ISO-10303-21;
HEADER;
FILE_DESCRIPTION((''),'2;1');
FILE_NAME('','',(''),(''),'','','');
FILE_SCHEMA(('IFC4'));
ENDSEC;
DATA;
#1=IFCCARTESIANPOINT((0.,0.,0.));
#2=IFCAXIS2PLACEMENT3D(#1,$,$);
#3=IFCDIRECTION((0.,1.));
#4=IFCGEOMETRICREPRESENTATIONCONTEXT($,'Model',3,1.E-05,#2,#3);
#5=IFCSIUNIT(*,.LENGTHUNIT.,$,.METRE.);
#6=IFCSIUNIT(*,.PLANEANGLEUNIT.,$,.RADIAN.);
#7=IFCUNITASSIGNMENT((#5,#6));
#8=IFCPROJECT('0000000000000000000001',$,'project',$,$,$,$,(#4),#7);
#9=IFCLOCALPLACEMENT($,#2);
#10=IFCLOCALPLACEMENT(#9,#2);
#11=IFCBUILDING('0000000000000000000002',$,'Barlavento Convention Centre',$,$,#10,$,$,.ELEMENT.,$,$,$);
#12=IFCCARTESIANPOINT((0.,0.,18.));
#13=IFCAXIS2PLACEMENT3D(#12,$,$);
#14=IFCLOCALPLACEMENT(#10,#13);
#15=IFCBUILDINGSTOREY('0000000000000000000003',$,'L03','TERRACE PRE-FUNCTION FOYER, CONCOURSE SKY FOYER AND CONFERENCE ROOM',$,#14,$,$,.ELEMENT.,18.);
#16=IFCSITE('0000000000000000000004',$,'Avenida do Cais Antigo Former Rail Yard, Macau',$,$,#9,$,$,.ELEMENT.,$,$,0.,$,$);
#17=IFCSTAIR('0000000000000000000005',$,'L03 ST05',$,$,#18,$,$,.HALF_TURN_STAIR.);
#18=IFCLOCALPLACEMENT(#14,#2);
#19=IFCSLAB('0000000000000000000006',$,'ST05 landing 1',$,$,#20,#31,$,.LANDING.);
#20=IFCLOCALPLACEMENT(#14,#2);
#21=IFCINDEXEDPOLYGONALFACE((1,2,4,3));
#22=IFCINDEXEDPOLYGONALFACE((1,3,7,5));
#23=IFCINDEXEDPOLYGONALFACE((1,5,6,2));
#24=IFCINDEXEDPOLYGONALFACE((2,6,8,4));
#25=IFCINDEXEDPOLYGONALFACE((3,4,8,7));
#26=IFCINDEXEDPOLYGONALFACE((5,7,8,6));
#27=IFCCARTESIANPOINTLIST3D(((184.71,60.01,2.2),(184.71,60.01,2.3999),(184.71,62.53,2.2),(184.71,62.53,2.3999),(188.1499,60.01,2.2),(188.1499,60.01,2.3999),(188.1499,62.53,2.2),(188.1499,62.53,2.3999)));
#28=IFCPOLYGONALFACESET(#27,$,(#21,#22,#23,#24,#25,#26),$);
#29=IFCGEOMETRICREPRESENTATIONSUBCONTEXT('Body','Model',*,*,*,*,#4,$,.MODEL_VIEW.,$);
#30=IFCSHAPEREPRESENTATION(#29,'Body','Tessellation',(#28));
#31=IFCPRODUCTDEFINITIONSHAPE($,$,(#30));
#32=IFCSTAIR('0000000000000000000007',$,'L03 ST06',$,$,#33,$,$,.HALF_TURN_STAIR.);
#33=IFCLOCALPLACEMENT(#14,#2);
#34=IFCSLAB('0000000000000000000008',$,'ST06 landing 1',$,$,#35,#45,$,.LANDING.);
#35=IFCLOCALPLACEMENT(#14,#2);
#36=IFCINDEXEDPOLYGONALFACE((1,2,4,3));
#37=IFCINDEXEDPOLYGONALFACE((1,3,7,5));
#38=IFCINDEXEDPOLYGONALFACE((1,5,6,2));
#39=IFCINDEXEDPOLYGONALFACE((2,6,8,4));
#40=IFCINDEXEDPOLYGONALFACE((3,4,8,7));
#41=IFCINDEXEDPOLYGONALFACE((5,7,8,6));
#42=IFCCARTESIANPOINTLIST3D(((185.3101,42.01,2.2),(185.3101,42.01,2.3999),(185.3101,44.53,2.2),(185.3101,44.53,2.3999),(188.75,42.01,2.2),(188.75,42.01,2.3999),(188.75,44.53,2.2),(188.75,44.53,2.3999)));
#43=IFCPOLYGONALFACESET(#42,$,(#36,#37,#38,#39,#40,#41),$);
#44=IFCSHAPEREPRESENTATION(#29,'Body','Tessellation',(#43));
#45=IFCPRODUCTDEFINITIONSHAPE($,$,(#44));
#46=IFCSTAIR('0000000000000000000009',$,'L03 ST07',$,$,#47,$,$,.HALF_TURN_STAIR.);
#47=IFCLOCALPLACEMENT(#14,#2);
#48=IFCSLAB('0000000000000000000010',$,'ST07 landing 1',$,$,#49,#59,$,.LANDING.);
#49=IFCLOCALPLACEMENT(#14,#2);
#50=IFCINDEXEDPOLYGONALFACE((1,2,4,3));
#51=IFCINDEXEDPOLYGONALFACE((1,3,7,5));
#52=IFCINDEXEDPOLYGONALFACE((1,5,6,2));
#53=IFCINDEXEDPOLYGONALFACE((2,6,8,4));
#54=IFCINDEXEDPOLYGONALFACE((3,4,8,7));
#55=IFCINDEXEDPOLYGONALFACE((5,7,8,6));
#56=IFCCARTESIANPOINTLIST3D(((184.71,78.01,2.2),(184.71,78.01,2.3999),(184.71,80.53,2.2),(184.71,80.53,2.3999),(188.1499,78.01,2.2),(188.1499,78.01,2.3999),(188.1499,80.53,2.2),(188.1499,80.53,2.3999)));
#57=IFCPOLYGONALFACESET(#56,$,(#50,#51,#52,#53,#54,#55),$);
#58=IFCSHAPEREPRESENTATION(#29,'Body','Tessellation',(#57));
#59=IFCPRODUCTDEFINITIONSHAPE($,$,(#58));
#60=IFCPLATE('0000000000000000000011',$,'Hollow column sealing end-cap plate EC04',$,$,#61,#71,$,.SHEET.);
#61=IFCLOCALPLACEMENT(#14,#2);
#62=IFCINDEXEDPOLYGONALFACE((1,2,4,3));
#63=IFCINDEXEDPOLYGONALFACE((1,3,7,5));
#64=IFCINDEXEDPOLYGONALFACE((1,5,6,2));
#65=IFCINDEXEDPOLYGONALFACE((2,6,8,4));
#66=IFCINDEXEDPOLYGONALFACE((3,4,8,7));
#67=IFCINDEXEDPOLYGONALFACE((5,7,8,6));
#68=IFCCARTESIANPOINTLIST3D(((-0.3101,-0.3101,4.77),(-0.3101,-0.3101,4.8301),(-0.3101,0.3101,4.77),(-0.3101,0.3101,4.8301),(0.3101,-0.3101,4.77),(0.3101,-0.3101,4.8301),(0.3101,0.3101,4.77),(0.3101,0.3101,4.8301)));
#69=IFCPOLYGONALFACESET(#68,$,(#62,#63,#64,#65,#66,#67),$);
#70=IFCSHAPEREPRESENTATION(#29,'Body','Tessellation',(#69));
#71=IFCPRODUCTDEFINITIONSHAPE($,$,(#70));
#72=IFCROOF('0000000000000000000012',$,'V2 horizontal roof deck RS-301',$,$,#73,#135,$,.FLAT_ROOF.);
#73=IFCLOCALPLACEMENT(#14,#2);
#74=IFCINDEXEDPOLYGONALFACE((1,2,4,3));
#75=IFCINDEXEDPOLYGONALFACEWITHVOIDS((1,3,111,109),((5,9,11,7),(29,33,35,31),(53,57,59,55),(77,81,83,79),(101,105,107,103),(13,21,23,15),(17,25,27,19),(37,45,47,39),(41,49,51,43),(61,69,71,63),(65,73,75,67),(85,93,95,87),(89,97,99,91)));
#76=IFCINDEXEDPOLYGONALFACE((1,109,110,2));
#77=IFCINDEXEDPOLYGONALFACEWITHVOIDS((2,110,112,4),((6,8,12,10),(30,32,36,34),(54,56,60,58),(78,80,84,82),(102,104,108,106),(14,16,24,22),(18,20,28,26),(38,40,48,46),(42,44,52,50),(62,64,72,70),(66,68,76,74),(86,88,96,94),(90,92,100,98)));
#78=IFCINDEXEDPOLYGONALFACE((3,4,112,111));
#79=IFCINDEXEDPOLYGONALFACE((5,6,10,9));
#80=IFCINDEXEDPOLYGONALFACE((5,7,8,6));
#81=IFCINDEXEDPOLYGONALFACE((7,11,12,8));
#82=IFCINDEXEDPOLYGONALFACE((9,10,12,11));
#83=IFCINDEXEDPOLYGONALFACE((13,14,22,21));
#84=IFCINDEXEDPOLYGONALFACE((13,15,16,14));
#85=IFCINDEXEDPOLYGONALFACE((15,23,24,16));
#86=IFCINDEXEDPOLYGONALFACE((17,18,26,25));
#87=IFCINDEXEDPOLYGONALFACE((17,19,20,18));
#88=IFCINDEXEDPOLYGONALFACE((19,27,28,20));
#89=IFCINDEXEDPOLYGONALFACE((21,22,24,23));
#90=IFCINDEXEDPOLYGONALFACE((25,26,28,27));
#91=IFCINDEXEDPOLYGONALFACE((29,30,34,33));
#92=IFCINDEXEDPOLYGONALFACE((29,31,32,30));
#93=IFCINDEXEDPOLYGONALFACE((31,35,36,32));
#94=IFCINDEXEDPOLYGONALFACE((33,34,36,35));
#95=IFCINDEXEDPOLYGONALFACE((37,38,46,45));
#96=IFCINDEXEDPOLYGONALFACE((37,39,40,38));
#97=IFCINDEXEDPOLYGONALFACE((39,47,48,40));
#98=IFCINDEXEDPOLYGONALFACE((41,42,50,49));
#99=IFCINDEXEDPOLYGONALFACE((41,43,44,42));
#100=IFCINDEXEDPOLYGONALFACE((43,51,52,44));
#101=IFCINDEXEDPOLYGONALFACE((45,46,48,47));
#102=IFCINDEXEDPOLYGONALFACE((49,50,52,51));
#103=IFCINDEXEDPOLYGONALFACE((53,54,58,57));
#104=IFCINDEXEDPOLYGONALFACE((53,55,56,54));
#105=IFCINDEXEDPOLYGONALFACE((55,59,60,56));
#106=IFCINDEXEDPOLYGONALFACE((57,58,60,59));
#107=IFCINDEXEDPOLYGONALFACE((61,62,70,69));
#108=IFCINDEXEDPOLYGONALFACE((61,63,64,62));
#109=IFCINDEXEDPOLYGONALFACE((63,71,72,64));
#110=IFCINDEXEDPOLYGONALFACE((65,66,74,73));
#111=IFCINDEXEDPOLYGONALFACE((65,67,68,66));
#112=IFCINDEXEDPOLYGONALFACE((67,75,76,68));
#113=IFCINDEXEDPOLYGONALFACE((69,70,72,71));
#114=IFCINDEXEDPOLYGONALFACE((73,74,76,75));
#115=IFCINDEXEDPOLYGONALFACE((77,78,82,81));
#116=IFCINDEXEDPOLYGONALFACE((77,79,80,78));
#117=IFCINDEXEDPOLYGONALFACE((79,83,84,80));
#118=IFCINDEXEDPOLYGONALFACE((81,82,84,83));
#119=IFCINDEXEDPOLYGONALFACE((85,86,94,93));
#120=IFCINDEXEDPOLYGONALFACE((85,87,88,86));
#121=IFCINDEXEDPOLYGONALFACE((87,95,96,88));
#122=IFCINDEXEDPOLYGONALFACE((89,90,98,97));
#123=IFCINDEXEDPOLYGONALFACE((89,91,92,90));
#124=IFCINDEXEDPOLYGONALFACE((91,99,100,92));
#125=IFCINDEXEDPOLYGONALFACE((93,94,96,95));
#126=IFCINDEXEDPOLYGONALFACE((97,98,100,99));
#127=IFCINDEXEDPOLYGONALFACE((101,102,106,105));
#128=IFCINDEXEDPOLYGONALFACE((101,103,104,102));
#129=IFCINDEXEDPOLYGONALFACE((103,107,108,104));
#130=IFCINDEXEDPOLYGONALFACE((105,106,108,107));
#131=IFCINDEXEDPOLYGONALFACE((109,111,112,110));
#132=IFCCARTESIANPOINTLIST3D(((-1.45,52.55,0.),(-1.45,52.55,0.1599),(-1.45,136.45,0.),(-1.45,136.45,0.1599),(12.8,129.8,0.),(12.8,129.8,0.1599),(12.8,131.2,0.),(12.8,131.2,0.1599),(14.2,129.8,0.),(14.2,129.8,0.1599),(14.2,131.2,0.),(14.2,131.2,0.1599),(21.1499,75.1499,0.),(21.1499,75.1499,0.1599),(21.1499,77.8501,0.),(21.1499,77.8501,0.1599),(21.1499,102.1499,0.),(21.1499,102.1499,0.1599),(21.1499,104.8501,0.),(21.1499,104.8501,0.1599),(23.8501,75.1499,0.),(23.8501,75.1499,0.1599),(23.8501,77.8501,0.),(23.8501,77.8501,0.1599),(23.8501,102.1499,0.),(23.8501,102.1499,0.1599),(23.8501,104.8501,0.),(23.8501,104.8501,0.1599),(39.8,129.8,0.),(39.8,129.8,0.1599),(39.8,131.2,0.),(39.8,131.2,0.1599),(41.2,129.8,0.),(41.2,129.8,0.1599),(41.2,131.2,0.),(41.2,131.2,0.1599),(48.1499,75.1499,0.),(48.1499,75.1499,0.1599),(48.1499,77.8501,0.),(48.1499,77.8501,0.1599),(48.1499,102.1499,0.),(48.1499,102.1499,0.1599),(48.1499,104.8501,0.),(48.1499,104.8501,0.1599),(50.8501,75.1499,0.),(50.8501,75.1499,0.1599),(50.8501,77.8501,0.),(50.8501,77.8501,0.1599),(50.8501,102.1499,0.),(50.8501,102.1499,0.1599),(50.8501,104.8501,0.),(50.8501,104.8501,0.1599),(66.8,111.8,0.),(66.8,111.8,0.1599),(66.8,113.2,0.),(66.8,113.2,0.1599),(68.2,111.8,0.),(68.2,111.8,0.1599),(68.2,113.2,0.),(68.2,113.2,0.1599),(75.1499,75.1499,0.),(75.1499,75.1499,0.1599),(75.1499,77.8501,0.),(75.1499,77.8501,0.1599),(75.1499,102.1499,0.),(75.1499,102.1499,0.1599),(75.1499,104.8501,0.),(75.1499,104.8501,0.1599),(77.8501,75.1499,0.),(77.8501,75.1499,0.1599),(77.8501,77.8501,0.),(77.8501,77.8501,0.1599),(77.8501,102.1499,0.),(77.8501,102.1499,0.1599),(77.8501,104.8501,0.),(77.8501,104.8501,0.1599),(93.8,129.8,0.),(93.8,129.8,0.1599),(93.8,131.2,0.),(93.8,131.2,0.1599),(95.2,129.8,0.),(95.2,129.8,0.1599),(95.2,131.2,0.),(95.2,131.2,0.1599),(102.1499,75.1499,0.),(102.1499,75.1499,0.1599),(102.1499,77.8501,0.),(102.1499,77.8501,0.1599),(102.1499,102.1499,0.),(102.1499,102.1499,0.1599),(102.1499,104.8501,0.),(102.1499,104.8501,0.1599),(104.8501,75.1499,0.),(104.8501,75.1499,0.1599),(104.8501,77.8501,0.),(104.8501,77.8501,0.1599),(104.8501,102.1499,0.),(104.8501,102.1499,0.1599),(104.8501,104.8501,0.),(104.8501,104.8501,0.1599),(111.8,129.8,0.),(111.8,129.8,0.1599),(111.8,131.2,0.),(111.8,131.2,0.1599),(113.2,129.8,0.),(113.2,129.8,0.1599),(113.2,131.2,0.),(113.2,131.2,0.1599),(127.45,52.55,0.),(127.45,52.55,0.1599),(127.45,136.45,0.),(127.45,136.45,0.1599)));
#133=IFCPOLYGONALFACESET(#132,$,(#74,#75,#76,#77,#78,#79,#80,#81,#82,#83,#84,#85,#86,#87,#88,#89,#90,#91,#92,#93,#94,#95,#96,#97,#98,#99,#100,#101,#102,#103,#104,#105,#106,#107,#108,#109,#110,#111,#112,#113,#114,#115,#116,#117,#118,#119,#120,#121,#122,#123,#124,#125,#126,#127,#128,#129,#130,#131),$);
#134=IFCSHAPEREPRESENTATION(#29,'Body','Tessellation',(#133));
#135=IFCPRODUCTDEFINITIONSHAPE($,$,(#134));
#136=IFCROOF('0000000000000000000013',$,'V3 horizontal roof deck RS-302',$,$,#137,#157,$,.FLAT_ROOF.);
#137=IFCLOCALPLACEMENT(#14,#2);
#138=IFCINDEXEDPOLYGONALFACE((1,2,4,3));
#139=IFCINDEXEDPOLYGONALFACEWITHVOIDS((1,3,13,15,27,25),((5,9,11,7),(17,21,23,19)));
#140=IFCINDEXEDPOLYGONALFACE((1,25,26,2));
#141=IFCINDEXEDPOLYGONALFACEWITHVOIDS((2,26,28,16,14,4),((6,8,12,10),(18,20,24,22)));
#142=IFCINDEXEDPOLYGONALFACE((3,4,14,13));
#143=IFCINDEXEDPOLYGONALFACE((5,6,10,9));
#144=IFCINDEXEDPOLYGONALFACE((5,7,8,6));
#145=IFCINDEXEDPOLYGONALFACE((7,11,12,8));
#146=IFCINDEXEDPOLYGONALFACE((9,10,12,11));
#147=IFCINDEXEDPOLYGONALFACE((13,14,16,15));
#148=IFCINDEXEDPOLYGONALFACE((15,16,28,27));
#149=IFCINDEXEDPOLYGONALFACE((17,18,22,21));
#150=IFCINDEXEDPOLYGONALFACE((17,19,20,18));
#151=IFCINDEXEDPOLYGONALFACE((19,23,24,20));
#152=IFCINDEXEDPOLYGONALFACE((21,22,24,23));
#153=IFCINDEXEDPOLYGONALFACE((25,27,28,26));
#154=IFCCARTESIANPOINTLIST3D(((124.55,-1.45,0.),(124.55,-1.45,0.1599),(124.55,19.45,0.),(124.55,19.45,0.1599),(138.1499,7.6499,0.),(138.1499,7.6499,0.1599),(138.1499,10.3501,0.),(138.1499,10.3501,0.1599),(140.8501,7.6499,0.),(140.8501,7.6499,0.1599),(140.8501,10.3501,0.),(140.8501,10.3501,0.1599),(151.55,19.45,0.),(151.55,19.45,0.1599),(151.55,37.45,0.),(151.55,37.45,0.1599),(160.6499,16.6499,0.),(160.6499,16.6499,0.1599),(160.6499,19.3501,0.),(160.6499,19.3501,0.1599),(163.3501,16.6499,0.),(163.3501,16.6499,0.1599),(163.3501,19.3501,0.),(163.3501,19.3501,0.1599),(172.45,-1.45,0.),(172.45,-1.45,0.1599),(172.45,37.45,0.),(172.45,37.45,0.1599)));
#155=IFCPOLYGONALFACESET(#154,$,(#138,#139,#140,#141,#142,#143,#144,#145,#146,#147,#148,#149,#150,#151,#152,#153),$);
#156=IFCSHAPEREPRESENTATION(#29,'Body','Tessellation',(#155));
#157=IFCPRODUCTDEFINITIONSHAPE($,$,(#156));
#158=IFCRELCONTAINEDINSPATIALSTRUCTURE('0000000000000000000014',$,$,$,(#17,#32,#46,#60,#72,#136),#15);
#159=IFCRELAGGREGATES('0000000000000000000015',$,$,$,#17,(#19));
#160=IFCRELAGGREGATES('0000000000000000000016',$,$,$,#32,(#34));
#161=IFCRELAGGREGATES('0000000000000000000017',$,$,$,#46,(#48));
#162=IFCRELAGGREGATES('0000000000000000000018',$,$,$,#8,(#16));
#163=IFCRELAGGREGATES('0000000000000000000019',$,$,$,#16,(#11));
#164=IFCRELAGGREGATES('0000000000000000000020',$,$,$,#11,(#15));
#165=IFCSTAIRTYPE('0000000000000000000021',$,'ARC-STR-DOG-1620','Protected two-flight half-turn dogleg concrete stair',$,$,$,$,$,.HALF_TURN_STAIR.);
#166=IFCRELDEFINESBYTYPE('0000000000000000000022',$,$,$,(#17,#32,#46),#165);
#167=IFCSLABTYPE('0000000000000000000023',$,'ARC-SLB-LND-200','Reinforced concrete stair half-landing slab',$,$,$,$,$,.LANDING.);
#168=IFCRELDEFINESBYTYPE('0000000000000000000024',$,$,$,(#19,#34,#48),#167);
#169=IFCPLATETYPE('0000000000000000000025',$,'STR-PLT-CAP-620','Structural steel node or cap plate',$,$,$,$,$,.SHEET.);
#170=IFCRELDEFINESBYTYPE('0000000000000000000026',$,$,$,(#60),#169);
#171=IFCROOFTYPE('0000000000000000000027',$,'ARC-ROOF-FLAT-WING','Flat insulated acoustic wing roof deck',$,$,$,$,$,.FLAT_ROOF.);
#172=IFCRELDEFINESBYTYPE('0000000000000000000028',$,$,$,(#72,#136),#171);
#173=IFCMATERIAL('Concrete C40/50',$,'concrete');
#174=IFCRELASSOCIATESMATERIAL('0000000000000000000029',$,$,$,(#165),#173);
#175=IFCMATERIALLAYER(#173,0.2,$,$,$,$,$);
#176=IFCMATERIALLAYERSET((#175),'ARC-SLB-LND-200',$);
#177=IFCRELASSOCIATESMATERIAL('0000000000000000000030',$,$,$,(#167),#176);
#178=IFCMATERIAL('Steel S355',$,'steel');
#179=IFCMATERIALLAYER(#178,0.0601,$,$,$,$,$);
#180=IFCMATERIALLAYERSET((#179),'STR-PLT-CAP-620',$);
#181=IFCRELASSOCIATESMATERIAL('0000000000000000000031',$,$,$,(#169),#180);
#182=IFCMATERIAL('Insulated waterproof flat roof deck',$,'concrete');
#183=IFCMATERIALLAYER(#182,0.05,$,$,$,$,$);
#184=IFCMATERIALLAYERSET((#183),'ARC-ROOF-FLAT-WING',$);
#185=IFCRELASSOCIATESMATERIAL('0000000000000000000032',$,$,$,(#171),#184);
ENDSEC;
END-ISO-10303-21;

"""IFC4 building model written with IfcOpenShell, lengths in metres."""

from ifc_helpers import new_model, si_unit, direction, frame, origin, origin_2d, place, context, subcontext, project, spatial, polyline, rectangle, outline, extrude, material, layer, layer_set, type_object, element, aggregate, save


model = new_model("IFC4")

# Units and contexts
model_context = context("Model", 3, precision=1e-05, world=origin(), true_north=direction((0.0, 1.0)))
body_context = subcontext(model_context, "Body", "Model", "MODEL_VIEW")
ifc_project = project(units=[si_unit("LENGTHUNIT", "METRE"), si_unit("PLANEANGLEUNIT", "RADIAN")], contexts=[model_context])

# Site, building, storey
site_placement = place(None, origin())
site = spatial("IfcSite", under=ifc_project, at=site_placement, Name="Avenida do Cais Antigo Former Rail Yard, Macau", CompositionType="ELEMENT", RefElevation=0.0)
building_placement = place(site_placement, origin())
building = spatial("IfcBuilding", under=site, at=building_placement, Name="Barlavento Convention Centre", CompositionType="ELEMENT")
storey_placement = place(building_placement, frame((0.0, 0.0, 18.0)))
storey = spatial("IfcBuildingStorey", under=building, at=storey_placement, Name="L03", Description="TERRACE PRE-FUNCTION FOYER, CONCOURSE SKY FOYER AND CONFERENCE ROOM", CompositionType="ELEMENT", Elevation=18.0)

# Stairs, slabs
ifc_material_1 = material(Name="Concrete C40/50", Category="concrete")
stair_type = type_object("IfcStairType", Name="ARC-STR-DOG-1620", Description="Protected two-flight half-turn dogleg concrete stair", PredefinedType="HALF_TURN_STAIR", material=ifc_material_1)
stair_1_placement = place(storey_placement, origin())
stair_1 = element("IfcStair", 1, at=stair_1_placement, inside=storey, type_object=stair_type, Name="L03 ST05", PredefinedType="HALF_TURN_STAIR")
ifc_layer_1 = layer(ifc_material_1, 0.2)
ifc_layer_set_1 = layer_set([ifc_layer_1], Name="ARC-SLB-LND-200")
slab_type = type_object("IfcSlabType", Name="ARC-SLB-LND-200", Description="Reinforced concrete stair half-landing slab", PredefinedType="LANDING", material=ifc_layer_set_1)
slab_1_placement = place(storey_placement, frame((0.0, 0.0, 2.2)))
slab_1 = element("IfcSlab", 2, at=slab_1_placement, type_object=slab_type, Name="ST05 landing 1", PredefinedType="LANDING", context=body_context, shape_type="SweptSolid", body=[
    extrude(outline(polyline([(188.1499, 60.01), (188.1499, 62.53), (184.71, 62.53), (184.71, 60.01), (188.1499, 60.01)])), origin(), (0.0, 0.0, 1.0), 0.2),
])
aggregate(stair_1, [slab_1])
stair_2_placement = place(storey_placement, origin())
stair_2 = element("IfcStair", 3, at=stair_2_placement, inside=storey, type_object=stair_type, Name="L03 ST06", PredefinedType="HALF_TURN_STAIR")
slab_2_placement = place(storey_placement, frame((0.0, 0.0, 2.2)))
slab_2 = element("IfcSlab", 4, at=slab_2_placement, type_object=slab_type, Name="ST06 landing 1", PredefinedType="LANDING", context=body_context, shape_type="SweptSolid", body=[
    extrude(outline(polyline([(188.75, 42.01), (188.75, 44.53), (185.3101, 44.53), (185.3101, 42.01), (188.75, 42.01)])), origin(), (0.0, 0.0, 1.0), 0.2),
])
aggregate(stair_2, [slab_2])
stair_3_placement = place(storey_placement, origin())
stair_3 = element("IfcStair", 5, at=stair_3_placement, inside=storey, type_object=stair_type, Name="L03 ST07", PredefinedType="HALF_TURN_STAIR")
slab_3_placement = place(storey_placement, frame((0.0, 0.0, 2.2)))
slab_3 = element("IfcSlab", 6, at=slab_3_placement, type_object=slab_type, Name="ST07 landing 1", PredefinedType="LANDING", context=body_context, shape_type="SweptSolid", body=[
    extrude(outline(polyline([(188.1499, 78.01), (188.1499, 80.53), (184.71, 80.53), (184.71, 78.01), (188.1499, 78.01)])), origin(), (0.0, 0.0, 1.0), 0.2),
])
aggregate(stair_3, [slab_3])

# Plate
ifc_material_2 = material(Name="Steel S355", Category="steel")
ifc_layer_2 = layer(ifc_material_2, 0.0601)
ifc_layer_set_2 = layer_set([ifc_layer_2], Name="STR-PLT-CAP-620")
plate_type = type_object("IfcPlateType", Name="STR-PLT-CAP-620", Description="Structural steel node or cap plate", PredefinedType="SHEET", material=ifc_layer_set_2)
plate_placement = place(storey_placement, frame((0.0, 0.0, 4.77), z_axis=(0.0, 0.0, 1.0), x_axis=(1.0, 0.0, 0.0)))
element("IfcPlate", 7, at=plate_placement, inside=storey, type_object=plate_type, Name="Hollow column sealing end-cap plate EC04", PredefinedType="SHEET", context=body_context, shape_type="SweptSolid", body=[
    extrude(rectangle(XDim=0.6201, YDim=0.6201, at=origin_2d()), origin(), (0.0, 0.0, 1.0), 0.0601),
])

# Roofs
ifc_material_3 = material(Name="Insulated waterproof flat roof deck", Category="concrete")
ifc_layer_3 = layer(ifc_material_3, 0.05)
ifc_layer_set_3 = layer_set([ifc_layer_3], Name="ARC-ROOF-FLAT-WING")
roof_type = type_object("IfcRoofType", Name="ARC-ROOF-FLAT-WING", Description="Flat insulated acoustic wing roof deck", PredefinedType="FLAT_ROOF", material=ifc_layer_set_3)
roof_1_placement = place(storey_placement, origin())
element("IfcRoof", 8, at=roof_1_placement, inside=storey, type_object=roof_type, Name="V2 horizontal roof deck RS-301", PredefinedType="FLAT_ROOF", context=body_context, shape_type="SweptSolid", body=[
    extrude(outline(polyline([(-1.45, 52.55), (-1.45, 136.45), (127.45, 136.45), (127.45, 52.55), (-1.45, 52.55)]), holes=[polyline([(21.1499, 75.1499), (23.8501, 75.1499), (23.8501, 77.8501), (21.1499, 77.8501), (21.1499, 75.1499)]), polyline([(48.1499, 75.1499), (50.8501, 75.1499), (50.8501, 77.8501), (48.1499, 77.8501), (48.1499, 75.1499)]), polyline([(75.1499, 75.1499), (77.8501, 75.1499), (77.8501, 77.8501), (75.1499, 77.8501), (75.1499, 75.1499)]), polyline([(102.1499, 75.1499), (104.8501, 75.1499), (104.8501, 77.8501), (102.1499, 77.8501), (102.1499, 75.1499)]), polyline([(21.1499, 102.1499), (23.8501, 102.1499), (23.8501, 104.8501), (21.1499, 104.8501), (21.1499, 102.1499)]), polyline([(48.1499, 102.1499), (50.8501, 102.1499), (50.8501, 104.8501), (48.1499, 104.8501), (48.1499, 102.1499)]), polyline([(75.1499, 102.1499), (77.8501, 102.1499), (77.8501, 104.8501), (75.1499, 104.8501), (75.1499, 102.1499)]), polyline([(102.1499, 102.1499), (104.8501, 102.1499), (104.8501, 104.8501), (102.1499, 104.8501), (102.1499, 102.1499)]), polyline([(12.8, 129.8), (14.2, 129.8), (14.2, 131.2), (12.8, 131.2), (12.8, 129.8)]), polyline([(39.8, 129.8), (41.2, 129.8), (41.2, 131.2), (39.8, 131.2), (39.8, 129.8)]), polyline([(66.8, 111.8), (68.2, 111.8), (68.2, 113.2), (66.8, 113.2), (66.8, 111.8)]), polyline([(93.8, 129.8), (95.2, 129.8), (95.2, 131.2), (93.8, 131.2), (93.8, 129.8)]), polyline([(111.8, 129.8), (113.2, 129.8), (113.2, 131.2), (111.8, 131.2), (111.8, 129.8)])]), origin(), (0.0, 0.0, 1.0), 0.1599),
])
roof_2_placement = place(storey_placement, origin())
element("IfcRoof", 9, at=roof_2_placement, inside=storey, type_object=roof_type, Name="V3 horizontal roof deck RS-302", PredefinedType="FLAT_ROOF", context=body_context, shape_type="SweptSolid", body=[
    extrude(outline(polyline([(124.55, -1.45), (124.55, 19.45), (151.55, 19.45), (151.55, 37.45), (172.45, 37.45), (172.45, -1.45), (124.55, -1.45)]), holes=[polyline([(138.1499, 7.6499), (140.8501, 7.6499), (140.8501, 10.3501), (138.1499, 10.3501), (138.1499, 7.6499)]), polyline([(160.6499, 16.6499), (163.3501, 16.6499), (163.3501, 19.3501), (160.6499, 19.3501), (160.6499, 16.6499)])]), origin(), (0.0, 0.0, 1.0), 0.1599),
])

save(model, "model.ifc")
